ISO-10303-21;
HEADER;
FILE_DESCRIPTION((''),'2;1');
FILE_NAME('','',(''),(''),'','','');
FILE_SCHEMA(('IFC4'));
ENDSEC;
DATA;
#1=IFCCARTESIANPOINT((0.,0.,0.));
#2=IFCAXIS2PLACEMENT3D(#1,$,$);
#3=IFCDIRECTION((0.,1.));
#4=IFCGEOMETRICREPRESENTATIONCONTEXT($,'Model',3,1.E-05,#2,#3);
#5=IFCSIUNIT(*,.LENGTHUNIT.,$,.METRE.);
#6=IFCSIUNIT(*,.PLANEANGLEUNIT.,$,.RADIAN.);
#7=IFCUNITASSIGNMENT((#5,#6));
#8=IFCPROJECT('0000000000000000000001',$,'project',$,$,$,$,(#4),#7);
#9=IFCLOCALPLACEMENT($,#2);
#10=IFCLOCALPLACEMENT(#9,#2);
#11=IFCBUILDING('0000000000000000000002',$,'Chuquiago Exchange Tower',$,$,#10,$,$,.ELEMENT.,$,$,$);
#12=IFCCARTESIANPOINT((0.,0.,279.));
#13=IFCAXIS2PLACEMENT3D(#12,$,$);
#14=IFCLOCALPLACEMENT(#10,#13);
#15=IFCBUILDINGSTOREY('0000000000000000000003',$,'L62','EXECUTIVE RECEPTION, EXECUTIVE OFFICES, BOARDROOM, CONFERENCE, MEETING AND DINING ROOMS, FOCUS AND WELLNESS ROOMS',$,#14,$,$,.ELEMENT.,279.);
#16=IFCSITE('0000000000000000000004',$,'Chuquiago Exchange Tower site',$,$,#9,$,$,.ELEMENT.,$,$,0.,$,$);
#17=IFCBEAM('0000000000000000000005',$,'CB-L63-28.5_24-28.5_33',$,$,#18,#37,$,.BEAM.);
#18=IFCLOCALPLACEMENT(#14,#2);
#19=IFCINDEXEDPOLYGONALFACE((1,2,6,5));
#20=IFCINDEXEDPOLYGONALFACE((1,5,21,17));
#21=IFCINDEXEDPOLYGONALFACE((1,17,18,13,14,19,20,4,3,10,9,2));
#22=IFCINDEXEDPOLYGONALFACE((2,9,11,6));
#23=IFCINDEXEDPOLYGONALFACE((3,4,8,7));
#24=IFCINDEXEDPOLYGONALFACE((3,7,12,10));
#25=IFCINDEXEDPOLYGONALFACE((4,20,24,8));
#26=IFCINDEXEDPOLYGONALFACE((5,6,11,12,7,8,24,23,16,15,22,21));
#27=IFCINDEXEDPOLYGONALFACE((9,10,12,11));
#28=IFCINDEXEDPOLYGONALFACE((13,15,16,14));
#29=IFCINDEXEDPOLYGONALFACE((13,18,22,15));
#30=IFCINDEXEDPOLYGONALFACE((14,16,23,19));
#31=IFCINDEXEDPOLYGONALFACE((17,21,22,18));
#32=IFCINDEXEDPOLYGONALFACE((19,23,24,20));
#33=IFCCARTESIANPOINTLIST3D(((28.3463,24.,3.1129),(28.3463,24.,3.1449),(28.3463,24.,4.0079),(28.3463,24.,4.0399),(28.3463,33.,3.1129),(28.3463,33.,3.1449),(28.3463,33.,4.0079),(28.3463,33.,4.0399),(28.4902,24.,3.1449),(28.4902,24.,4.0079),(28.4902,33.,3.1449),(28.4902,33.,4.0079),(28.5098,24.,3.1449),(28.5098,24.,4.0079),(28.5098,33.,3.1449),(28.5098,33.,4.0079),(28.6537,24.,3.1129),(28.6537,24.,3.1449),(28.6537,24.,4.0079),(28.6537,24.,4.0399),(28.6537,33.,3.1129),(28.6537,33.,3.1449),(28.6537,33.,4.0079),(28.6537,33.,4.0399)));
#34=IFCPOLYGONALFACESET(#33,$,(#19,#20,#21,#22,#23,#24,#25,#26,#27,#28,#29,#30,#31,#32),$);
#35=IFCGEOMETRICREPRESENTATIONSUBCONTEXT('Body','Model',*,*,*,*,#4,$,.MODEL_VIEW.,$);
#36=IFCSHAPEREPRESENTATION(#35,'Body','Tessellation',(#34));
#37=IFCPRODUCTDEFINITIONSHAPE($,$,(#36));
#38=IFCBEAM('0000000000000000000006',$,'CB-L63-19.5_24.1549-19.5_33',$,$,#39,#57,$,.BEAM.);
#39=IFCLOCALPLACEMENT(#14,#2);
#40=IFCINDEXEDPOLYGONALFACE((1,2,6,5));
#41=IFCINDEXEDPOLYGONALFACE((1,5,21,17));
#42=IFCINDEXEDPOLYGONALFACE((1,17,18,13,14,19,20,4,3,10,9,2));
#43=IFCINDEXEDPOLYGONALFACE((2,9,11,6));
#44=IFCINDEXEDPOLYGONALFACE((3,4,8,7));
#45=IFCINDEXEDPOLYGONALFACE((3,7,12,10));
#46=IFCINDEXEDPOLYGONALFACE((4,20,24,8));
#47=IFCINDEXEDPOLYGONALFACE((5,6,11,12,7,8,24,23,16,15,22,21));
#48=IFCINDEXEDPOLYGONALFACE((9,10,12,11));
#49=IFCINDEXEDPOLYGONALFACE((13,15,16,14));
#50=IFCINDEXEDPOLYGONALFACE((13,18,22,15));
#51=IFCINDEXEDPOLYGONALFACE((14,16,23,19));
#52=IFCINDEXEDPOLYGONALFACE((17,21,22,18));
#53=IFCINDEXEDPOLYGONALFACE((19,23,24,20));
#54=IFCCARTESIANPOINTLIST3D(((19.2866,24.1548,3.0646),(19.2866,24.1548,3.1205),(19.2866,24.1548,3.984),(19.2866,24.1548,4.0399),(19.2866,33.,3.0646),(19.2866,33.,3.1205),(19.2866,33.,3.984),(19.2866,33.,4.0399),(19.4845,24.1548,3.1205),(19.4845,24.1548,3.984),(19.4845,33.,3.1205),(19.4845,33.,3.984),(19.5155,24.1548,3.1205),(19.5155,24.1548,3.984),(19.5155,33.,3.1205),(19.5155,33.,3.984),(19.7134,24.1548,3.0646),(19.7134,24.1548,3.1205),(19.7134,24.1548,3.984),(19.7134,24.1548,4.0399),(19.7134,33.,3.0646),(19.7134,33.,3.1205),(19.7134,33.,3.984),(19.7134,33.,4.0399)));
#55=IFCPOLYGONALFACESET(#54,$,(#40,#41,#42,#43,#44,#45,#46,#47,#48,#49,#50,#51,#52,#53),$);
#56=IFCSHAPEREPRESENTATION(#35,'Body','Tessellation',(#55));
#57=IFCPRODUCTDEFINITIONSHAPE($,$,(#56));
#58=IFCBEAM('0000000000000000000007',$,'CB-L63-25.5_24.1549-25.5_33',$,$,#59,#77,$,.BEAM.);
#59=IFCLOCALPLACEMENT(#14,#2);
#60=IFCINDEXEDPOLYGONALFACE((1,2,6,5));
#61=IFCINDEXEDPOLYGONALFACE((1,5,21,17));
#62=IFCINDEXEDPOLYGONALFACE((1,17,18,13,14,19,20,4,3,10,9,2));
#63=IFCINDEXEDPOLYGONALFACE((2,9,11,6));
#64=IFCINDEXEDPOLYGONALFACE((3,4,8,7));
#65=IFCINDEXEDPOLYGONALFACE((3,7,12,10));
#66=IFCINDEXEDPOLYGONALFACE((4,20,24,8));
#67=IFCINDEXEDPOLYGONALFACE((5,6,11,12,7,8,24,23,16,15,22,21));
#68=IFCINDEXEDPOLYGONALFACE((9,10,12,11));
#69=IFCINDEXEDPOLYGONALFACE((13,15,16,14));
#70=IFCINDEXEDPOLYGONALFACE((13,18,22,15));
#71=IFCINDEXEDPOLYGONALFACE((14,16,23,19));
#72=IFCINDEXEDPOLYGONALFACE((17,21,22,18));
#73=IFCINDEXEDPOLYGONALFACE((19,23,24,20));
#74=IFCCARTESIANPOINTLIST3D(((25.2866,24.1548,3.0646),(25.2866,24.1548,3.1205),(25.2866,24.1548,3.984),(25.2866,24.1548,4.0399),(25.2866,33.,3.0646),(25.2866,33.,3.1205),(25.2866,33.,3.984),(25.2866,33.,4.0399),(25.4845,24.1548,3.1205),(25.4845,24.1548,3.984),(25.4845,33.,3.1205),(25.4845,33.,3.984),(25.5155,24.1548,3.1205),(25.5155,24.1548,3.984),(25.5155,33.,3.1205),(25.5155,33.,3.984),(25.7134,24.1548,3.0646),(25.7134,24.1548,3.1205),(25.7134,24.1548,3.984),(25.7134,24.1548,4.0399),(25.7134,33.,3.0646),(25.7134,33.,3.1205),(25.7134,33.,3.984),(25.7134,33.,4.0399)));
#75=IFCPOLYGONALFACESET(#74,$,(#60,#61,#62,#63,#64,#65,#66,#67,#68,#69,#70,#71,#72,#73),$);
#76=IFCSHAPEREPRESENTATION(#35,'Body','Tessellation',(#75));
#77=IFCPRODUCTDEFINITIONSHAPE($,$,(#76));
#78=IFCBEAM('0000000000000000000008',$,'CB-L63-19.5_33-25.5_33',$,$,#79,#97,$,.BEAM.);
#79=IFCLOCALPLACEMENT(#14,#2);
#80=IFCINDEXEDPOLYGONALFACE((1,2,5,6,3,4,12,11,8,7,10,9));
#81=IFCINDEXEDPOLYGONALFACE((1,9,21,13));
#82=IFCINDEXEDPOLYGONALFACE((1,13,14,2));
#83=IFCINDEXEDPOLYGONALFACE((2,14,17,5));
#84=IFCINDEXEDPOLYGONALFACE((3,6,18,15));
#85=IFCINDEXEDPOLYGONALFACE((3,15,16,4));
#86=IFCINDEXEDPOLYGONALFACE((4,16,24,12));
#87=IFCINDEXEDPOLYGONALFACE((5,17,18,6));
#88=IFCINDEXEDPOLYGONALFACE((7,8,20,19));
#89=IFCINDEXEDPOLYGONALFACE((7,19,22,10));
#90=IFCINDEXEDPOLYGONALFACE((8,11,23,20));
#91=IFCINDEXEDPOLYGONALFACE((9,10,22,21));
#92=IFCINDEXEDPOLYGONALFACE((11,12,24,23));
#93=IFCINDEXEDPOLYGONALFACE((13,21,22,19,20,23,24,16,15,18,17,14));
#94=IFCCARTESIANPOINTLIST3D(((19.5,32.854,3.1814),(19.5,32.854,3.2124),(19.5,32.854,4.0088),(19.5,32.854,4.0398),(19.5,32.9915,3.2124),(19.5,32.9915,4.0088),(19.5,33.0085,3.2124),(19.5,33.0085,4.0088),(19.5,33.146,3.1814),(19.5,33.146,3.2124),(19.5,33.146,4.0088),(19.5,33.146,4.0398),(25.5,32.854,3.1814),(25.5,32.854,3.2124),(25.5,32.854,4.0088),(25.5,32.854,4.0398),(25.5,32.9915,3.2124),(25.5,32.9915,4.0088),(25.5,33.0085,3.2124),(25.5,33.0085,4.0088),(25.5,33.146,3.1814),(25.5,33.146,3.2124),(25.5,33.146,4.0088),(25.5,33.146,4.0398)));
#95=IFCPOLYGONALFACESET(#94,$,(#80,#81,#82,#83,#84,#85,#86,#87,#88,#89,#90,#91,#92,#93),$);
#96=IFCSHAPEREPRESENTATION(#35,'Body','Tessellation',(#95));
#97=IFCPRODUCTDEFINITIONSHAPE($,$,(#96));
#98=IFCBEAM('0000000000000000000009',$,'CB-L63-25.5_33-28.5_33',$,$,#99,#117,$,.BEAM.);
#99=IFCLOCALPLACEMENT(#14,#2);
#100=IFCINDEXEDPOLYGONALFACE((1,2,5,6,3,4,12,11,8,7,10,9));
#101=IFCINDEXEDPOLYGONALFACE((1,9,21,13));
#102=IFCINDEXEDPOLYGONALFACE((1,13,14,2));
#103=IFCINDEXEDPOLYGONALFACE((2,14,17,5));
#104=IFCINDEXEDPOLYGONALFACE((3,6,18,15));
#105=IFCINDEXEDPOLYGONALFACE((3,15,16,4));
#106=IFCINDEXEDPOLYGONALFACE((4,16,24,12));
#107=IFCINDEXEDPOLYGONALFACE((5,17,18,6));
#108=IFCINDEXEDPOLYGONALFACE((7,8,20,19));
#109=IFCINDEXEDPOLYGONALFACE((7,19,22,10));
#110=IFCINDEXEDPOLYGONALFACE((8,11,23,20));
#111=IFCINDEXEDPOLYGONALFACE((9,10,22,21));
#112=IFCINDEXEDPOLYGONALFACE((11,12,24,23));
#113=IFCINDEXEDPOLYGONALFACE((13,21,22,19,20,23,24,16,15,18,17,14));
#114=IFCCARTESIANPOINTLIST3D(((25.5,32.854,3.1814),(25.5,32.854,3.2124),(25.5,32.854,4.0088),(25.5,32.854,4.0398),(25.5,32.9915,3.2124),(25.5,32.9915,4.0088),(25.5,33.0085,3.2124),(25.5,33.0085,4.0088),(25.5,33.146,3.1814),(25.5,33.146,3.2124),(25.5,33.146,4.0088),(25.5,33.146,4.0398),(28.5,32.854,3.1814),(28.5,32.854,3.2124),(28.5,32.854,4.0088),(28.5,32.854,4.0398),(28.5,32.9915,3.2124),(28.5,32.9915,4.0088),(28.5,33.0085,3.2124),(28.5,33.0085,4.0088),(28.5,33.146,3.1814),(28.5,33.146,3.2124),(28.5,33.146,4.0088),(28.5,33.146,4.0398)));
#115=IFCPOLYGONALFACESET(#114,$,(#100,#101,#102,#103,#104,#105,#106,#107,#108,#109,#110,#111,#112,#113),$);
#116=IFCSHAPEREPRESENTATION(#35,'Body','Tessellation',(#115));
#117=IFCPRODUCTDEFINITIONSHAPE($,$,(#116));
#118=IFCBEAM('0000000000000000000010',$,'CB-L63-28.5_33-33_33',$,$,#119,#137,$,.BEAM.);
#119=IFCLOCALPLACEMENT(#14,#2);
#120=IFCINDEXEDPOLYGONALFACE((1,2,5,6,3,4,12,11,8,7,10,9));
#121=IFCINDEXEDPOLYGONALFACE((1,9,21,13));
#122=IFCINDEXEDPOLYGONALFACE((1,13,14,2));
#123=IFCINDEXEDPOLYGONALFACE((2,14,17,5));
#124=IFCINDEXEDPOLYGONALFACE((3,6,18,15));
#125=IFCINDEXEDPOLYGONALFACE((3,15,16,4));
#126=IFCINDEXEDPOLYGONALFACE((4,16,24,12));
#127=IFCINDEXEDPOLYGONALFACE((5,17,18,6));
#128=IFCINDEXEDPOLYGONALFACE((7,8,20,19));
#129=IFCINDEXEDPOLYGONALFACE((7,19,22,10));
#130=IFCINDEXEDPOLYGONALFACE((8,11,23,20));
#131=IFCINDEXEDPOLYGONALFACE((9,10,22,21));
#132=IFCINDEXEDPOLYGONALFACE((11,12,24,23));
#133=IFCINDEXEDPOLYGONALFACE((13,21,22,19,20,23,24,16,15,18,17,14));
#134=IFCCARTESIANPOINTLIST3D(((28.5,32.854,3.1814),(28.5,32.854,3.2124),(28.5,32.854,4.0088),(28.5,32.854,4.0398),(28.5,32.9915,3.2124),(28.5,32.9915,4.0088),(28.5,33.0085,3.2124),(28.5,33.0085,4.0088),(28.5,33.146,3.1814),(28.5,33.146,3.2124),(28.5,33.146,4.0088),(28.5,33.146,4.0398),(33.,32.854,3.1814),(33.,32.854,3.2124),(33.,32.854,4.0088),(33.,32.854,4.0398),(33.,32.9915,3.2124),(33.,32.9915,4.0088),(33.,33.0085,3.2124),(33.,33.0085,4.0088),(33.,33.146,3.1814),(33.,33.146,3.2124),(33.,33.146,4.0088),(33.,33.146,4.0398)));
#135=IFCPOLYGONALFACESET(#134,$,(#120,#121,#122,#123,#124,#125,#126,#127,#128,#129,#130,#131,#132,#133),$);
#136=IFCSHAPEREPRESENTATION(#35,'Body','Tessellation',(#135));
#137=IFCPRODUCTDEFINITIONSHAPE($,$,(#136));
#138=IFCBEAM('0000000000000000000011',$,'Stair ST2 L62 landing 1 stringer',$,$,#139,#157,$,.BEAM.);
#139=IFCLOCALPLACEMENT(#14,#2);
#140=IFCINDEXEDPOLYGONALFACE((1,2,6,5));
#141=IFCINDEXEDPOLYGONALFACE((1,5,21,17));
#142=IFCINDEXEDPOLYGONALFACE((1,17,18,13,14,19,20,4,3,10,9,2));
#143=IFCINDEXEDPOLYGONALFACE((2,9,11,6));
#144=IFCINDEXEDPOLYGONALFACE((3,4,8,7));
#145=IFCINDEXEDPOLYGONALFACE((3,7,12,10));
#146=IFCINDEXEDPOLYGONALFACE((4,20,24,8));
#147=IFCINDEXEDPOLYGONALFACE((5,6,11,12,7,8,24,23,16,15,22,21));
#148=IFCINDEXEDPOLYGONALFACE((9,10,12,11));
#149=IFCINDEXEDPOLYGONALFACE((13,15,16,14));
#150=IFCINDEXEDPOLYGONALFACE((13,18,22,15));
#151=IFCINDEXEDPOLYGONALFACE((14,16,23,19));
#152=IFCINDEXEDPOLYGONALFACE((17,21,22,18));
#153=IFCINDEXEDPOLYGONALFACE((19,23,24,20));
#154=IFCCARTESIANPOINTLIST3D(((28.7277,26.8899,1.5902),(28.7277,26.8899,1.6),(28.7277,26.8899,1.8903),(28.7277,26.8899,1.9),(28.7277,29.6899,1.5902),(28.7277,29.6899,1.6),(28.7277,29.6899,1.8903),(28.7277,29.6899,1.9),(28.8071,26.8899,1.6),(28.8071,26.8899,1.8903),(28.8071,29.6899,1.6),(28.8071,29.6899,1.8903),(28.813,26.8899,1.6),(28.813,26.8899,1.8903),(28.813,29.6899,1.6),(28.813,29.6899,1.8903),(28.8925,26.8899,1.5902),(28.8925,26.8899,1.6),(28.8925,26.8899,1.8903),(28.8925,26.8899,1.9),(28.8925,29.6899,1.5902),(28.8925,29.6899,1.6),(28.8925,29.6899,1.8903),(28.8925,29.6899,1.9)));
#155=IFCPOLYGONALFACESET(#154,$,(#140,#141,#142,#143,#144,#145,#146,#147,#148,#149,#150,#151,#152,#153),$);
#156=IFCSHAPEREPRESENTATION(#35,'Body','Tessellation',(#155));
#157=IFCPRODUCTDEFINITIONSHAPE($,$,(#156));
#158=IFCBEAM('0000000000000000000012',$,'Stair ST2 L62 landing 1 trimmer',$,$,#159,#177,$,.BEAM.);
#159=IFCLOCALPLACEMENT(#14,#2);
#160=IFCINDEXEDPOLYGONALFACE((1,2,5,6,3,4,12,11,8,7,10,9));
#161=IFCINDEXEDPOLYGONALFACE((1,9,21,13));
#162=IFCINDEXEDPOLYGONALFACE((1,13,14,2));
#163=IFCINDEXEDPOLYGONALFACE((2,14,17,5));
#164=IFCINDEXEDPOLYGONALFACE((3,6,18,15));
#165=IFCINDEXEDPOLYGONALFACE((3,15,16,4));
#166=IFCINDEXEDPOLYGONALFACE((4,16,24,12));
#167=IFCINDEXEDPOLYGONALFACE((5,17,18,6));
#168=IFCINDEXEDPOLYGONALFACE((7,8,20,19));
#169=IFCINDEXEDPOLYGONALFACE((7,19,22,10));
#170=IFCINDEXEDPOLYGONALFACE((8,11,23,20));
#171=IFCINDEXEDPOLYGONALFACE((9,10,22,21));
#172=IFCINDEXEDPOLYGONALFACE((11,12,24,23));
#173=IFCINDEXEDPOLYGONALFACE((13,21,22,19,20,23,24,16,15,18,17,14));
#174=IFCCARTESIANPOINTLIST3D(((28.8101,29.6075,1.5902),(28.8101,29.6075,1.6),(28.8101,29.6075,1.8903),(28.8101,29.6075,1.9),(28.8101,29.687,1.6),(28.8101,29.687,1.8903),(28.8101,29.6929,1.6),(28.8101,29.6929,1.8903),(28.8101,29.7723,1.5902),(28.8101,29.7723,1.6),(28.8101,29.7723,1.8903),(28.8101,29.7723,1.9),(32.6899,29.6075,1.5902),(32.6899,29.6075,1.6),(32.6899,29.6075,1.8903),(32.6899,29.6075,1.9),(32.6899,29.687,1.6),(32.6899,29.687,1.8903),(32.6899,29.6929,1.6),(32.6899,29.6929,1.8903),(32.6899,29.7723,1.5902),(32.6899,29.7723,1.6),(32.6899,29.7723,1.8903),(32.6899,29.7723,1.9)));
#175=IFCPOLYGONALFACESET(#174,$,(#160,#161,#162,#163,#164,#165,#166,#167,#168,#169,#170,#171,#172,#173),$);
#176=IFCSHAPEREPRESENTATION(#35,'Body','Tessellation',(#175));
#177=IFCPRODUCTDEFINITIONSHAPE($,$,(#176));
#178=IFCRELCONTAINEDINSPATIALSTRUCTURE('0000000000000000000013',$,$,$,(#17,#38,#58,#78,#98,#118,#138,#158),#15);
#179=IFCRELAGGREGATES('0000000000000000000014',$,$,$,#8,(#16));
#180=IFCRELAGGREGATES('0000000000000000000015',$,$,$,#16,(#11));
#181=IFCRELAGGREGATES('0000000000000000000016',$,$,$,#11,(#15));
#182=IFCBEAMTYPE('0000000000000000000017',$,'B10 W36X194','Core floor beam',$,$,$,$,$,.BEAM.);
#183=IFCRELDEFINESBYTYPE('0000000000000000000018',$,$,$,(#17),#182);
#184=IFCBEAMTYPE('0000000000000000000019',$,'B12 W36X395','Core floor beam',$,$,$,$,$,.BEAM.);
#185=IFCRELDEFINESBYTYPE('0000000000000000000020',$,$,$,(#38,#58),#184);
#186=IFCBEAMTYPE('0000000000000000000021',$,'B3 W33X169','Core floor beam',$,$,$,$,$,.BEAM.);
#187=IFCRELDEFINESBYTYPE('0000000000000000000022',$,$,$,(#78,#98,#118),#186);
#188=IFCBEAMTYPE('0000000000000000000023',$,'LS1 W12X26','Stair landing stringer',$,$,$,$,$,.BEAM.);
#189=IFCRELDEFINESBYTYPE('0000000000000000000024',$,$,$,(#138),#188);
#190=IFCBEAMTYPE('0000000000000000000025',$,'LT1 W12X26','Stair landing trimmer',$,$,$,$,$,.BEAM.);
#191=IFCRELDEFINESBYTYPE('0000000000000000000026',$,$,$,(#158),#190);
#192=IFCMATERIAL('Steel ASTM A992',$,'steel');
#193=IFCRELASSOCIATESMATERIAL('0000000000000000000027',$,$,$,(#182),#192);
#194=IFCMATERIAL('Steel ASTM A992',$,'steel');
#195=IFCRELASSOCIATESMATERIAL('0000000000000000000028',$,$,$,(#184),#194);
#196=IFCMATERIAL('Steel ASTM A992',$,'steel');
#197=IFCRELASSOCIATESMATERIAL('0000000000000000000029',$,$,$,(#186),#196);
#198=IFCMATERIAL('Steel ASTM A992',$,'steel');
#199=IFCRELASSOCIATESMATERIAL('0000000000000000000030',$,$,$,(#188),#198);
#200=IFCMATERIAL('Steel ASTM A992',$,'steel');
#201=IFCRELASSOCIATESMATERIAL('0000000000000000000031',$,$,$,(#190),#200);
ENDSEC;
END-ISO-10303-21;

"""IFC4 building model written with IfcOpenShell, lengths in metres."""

from ifc_helpers import new_model, si_unit, direction, frame, origin, origin_2d, place, context, subcontext, project, spatial, i_section, extrude, material, material_profile, profile_set, type_object, element, save


model = new_model("IFC4")

# Units and contexts
model_context = context("Model", 3, precision=1e-05, world=origin(), true_north=direction((0.0, 1.0)))
body_context = subcontext(model_context, "Body", "Model", "MODEL_VIEW")
ifc_project = project(units=[si_unit("LENGTHUNIT", "METRE"), si_unit("PLANEANGLEUNIT", "RADIAN")], contexts=[model_context])

# Site, building, storey
site_placement = place(None, origin())
site = spatial("IfcSite", under=ifc_project, at=site_placement, Name="Chuquiago Exchange Tower site", CompositionType="ELEMENT", RefElevation=0.0)
building_placement = place(site_placement, origin())
building = spatial("IfcBuilding", under=site, at=building_placement, Name="Chuquiago Exchange Tower", CompositionType="ELEMENT")
storey_placement = place(building_placement, frame((0.0, 0.0, 279.0)))
storey = spatial("IfcBuildingStorey", under=building, at=storey_placement, Name="L62", Description="EXECUTIVE RECEPTION, EXECUTIVE OFFICES, BOARDROOM, CONFERENCE, MEETING AND DINING ROOMS, FOCUS AND WELLNESS ROOMS", CompositionType="ELEMENT", Elevation=279.0)

# Beams
ifc_material_1 = material(Name="Steel ASTM A992", Category="steel")
ifc_material_profile_1 = material_profile(ifc_material_1, i_section(OverallWidth=0.3074, OverallDepth=0.927, WebThickness=0.0195, FlangeThickness=0.032, at=origin_2d()), Name="W36X194")
ifc_profile_set_1 = profile_set([ifc_material_profile_1], Name="Steel ASTM A992")
beam_type_1 = type_object("IfcBeamType", Name="B10 W36X194", Description="Core floor beam", PredefinedType="BEAM", material=ifc_profile_set_1)
beam_1_placement = place(storey_placement, frame((28.5, 24.0, 3.5764), z_axis=(0.0, 1.0, 0.0), x_axis=(-1.0, 0.0, 0.0)))
element("IfcBeam", 1, at=beam_1_placement, inside=storey, type_object=beam_type_1, Name="CB-L63-28.5_24-28.5_33", PredefinedType="BEAM", context=body_context, shape_type="SweptSolid", body=[
    extrude(i_section(OverallWidth=0.3074, OverallDepth=0.927, WebThickness=0.0195, FlangeThickness=0.032, at=origin_2d()), origin(), (0.0, 0.0, 1.0), 9.0),
])
ifc_material_2 = material(Name="Steel ASTM A992", Category="steel")
ifc_material_profile_2 = material_profile(ifc_material_2, i_section(OverallWidth=0.4268, OverallDepth=0.9753, WebThickness=0.031, FlangeThickness=0.0559, at=origin_2d()), Name="W36X395")
ifc_profile_set_2 = profile_set([ifc_material_profile_2], Name="Steel ASTM A992")
beam_type_2 = type_object("IfcBeamType", Name="B12 W36X395", Description="Core floor beam", PredefinedType="BEAM", material=ifc_profile_set_2)
for number, where, z_axis, x_axis, name in (
    (2, (19.5, 24.1548, 3.5522), (0.0, 1.0, 0.0), (-1.0, 0.0, 0.0), "CB-L63-19.5_24.1549-19.5_33"),
    (3, (25.5, 24.1548, 3.5522), (0.0, 1.0, 0.0), (-1.0, 0.0, 0.0), "CB-L63-25.5_24.1549-25.5_33"),
):
    element("IfcBeam", number, at=place(storey_placement, frame(where, z_axis=z_axis, x_axis=x_axis)), inside=storey, type_object=beam_type_2, Name=name, PredefinedType="BEAM", context=body_context, shape_type="SweptSolid", body=[
        extrude(i_section(OverallWidth=0.4268, OverallDepth=0.9753, WebThickness=0.031, FlangeThickness=0.0559, at=origin_2d()), origin(), (0.0, 0.0, 1.0), 8.8452),
    ])
ifc_material_3 = material(Name="Steel ASTM A992", Category="steel")
ifc_material_profile_3 = material_profile(ifc_material_3, i_section(OverallWidth=0.292, OverallDepth=0.8584, WebThickness=0.0171, FlangeThickness=0.031, at=origin_2d()), Name="W33X169")
ifc_profile_set_3 = profile_set([ifc_material_profile_3], Name="Steel ASTM A992")
beam_type_3 = type_object("IfcBeamType", Name="B3 W33X169", Description="Core floor beam", PredefinedType="BEAM", material=ifc_profile_set_3)
beam_2_placement = place(storey_placement, frame((19.5, 33.0, 3.6106), z_axis=(1.0, 0.0, 0.0), x_axis=(0.0, 1.0, 0.0)))
element("IfcBeam", 4, at=beam_2_placement, inside=storey, type_object=beam_type_3, Name="CB-L63-19.5_33-25.5_33", PredefinedType="BEAM", context=body_context, shape_type="SweptSolid", body=[
    extrude(i_section(OverallWidth=0.292, OverallDepth=0.8584, WebThickness=0.0171, FlangeThickness=0.031, at=origin_2d()), origin(), (0.0, 0.0, 1.0), 6.0),
])
beam_3_placement = place(storey_placement, frame((25.5, 33.0, 3.6106), z_axis=(1.0, 0.0, 0.0), x_axis=(0.0, 1.0, 0.0)))
element("IfcBeam", 5, at=beam_3_placement, inside=storey, type_object=beam_type_3, Name="CB-L63-25.5_33-28.5_33", PredefinedType="BEAM", context=body_context, shape_type="SweptSolid", body=[
    extrude(i_section(OverallWidth=0.292, OverallDepth=0.8584, WebThickness=0.0171, FlangeThickness=0.031, at=origin_2d()), origin(), (0.0, 0.0, 1.0), 3.0),
])
beam_4_placement = place(storey_placement, frame((28.5, 33.0, 3.6106), z_axis=(1.0, 0.0, 0.0), x_axis=(0.0, 1.0, 0.0)))
element("IfcBeam", 6, at=beam_4_placement, inside=storey, type_object=beam_type_3, Name="CB-L63-28.5_33-33_33", PredefinedType="BEAM", context=body_context, shape_type="SweptSolid", body=[
    extrude(i_section(OverallWidth=0.292, OverallDepth=0.8584, WebThickness=0.0171, FlangeThickness=0.031, at=origin_2d()), origin(), (0.0, 0.0, 1.0), 4.5),
])
ifc_material_4 = material(Name="Steel ASTM A992", Category="steel")
ifc_material_profile_4 = material_profile(ifc_material_4, i_section(OverallWidth=0.1648, OverallDepth=0.3098, WebThickness=0.0059, FlangeThickness=0.0098, at=origin_2d()), Name="W12X26")
ifc_profile_set_4 = profile_set([ifc_material_profile_4], Name="Steel ASTM A992")
beam_type_4 = type_object("IfcBeamType", Name="LS1 W12X26", Description="Stair landing stringer", PredefinedType="BEAM", material=ifc_profile_set_4)
beam_5_placement = place(storey_placement, frame((28.8101, 26.8899, 1.7451), z_axis=(0.0, 1.0, 0.0), x_axis=(-1.0, 0.0, 0.0)))
element("IfcBeam", 7, at=beam_5_placement, inside=storey, type_object=beam_type_4, Name="Stair ST2 L62 landing 1 stringer", PredefinedType="BEAM", context=body_context, shape_type="SweptSolid", body=[
    extrude(i_section(OverallWidth=0.1648, OverallDepth=0.3098, WebThickness=0.0059, FlangeThickness=0.0098, at=origin_2d()), origin(), (0.0, 0.0, 1.0), 2.8),
])
ifc_material_5 = material(Name="Steel ASTM A992", Category="steel")
ifc_material_profile_5 = material_profile(ifc_material_5, i_section(OverallWidth=0.1648, OverallDepth=0.3098, WebThickness=0.0059, FlangeThickness=0.0098, at=origin_2d()), Name="W12X26")
ifc_profile_set_5 = profile_set([ifc_material_profile_5], Name="Steel ASTM A992")
beam_type_5 = type_object("IfcBeamType", Name="LT1 W12X26", Description="Stair landing trimmer", PredefinedType="BEAM", material=ifc_profile_set_5)
for number, where, z_axis, x_axis, name in (
    (8, (28.8101, 29.6899, 1.7451), (1.0, 0.0, 0.0), (0.0, 1.0, 0.0), "Stair ST2 L62 landing 1 trimmer"),
):
    element("IfcBeam", number, at=place(storey_placement, frame(where, z_axis=z_axis, x_axis=x_axis)), inside=storey, type_object=beam_type_5, Name=name, PredefinedType="BEAM", context=body_context, shape_type="SweptSolid", body=[
        extrude(i_section(OverallWidth=0.1648, OverallDepth=0.3098, WebThickness=0.0059, FlangeThickness=0.0098, at=origin_2d()), origin(), (0.0, 0.0, 1.0), 3.8799),
    ])

save(model, "model.ifc")
